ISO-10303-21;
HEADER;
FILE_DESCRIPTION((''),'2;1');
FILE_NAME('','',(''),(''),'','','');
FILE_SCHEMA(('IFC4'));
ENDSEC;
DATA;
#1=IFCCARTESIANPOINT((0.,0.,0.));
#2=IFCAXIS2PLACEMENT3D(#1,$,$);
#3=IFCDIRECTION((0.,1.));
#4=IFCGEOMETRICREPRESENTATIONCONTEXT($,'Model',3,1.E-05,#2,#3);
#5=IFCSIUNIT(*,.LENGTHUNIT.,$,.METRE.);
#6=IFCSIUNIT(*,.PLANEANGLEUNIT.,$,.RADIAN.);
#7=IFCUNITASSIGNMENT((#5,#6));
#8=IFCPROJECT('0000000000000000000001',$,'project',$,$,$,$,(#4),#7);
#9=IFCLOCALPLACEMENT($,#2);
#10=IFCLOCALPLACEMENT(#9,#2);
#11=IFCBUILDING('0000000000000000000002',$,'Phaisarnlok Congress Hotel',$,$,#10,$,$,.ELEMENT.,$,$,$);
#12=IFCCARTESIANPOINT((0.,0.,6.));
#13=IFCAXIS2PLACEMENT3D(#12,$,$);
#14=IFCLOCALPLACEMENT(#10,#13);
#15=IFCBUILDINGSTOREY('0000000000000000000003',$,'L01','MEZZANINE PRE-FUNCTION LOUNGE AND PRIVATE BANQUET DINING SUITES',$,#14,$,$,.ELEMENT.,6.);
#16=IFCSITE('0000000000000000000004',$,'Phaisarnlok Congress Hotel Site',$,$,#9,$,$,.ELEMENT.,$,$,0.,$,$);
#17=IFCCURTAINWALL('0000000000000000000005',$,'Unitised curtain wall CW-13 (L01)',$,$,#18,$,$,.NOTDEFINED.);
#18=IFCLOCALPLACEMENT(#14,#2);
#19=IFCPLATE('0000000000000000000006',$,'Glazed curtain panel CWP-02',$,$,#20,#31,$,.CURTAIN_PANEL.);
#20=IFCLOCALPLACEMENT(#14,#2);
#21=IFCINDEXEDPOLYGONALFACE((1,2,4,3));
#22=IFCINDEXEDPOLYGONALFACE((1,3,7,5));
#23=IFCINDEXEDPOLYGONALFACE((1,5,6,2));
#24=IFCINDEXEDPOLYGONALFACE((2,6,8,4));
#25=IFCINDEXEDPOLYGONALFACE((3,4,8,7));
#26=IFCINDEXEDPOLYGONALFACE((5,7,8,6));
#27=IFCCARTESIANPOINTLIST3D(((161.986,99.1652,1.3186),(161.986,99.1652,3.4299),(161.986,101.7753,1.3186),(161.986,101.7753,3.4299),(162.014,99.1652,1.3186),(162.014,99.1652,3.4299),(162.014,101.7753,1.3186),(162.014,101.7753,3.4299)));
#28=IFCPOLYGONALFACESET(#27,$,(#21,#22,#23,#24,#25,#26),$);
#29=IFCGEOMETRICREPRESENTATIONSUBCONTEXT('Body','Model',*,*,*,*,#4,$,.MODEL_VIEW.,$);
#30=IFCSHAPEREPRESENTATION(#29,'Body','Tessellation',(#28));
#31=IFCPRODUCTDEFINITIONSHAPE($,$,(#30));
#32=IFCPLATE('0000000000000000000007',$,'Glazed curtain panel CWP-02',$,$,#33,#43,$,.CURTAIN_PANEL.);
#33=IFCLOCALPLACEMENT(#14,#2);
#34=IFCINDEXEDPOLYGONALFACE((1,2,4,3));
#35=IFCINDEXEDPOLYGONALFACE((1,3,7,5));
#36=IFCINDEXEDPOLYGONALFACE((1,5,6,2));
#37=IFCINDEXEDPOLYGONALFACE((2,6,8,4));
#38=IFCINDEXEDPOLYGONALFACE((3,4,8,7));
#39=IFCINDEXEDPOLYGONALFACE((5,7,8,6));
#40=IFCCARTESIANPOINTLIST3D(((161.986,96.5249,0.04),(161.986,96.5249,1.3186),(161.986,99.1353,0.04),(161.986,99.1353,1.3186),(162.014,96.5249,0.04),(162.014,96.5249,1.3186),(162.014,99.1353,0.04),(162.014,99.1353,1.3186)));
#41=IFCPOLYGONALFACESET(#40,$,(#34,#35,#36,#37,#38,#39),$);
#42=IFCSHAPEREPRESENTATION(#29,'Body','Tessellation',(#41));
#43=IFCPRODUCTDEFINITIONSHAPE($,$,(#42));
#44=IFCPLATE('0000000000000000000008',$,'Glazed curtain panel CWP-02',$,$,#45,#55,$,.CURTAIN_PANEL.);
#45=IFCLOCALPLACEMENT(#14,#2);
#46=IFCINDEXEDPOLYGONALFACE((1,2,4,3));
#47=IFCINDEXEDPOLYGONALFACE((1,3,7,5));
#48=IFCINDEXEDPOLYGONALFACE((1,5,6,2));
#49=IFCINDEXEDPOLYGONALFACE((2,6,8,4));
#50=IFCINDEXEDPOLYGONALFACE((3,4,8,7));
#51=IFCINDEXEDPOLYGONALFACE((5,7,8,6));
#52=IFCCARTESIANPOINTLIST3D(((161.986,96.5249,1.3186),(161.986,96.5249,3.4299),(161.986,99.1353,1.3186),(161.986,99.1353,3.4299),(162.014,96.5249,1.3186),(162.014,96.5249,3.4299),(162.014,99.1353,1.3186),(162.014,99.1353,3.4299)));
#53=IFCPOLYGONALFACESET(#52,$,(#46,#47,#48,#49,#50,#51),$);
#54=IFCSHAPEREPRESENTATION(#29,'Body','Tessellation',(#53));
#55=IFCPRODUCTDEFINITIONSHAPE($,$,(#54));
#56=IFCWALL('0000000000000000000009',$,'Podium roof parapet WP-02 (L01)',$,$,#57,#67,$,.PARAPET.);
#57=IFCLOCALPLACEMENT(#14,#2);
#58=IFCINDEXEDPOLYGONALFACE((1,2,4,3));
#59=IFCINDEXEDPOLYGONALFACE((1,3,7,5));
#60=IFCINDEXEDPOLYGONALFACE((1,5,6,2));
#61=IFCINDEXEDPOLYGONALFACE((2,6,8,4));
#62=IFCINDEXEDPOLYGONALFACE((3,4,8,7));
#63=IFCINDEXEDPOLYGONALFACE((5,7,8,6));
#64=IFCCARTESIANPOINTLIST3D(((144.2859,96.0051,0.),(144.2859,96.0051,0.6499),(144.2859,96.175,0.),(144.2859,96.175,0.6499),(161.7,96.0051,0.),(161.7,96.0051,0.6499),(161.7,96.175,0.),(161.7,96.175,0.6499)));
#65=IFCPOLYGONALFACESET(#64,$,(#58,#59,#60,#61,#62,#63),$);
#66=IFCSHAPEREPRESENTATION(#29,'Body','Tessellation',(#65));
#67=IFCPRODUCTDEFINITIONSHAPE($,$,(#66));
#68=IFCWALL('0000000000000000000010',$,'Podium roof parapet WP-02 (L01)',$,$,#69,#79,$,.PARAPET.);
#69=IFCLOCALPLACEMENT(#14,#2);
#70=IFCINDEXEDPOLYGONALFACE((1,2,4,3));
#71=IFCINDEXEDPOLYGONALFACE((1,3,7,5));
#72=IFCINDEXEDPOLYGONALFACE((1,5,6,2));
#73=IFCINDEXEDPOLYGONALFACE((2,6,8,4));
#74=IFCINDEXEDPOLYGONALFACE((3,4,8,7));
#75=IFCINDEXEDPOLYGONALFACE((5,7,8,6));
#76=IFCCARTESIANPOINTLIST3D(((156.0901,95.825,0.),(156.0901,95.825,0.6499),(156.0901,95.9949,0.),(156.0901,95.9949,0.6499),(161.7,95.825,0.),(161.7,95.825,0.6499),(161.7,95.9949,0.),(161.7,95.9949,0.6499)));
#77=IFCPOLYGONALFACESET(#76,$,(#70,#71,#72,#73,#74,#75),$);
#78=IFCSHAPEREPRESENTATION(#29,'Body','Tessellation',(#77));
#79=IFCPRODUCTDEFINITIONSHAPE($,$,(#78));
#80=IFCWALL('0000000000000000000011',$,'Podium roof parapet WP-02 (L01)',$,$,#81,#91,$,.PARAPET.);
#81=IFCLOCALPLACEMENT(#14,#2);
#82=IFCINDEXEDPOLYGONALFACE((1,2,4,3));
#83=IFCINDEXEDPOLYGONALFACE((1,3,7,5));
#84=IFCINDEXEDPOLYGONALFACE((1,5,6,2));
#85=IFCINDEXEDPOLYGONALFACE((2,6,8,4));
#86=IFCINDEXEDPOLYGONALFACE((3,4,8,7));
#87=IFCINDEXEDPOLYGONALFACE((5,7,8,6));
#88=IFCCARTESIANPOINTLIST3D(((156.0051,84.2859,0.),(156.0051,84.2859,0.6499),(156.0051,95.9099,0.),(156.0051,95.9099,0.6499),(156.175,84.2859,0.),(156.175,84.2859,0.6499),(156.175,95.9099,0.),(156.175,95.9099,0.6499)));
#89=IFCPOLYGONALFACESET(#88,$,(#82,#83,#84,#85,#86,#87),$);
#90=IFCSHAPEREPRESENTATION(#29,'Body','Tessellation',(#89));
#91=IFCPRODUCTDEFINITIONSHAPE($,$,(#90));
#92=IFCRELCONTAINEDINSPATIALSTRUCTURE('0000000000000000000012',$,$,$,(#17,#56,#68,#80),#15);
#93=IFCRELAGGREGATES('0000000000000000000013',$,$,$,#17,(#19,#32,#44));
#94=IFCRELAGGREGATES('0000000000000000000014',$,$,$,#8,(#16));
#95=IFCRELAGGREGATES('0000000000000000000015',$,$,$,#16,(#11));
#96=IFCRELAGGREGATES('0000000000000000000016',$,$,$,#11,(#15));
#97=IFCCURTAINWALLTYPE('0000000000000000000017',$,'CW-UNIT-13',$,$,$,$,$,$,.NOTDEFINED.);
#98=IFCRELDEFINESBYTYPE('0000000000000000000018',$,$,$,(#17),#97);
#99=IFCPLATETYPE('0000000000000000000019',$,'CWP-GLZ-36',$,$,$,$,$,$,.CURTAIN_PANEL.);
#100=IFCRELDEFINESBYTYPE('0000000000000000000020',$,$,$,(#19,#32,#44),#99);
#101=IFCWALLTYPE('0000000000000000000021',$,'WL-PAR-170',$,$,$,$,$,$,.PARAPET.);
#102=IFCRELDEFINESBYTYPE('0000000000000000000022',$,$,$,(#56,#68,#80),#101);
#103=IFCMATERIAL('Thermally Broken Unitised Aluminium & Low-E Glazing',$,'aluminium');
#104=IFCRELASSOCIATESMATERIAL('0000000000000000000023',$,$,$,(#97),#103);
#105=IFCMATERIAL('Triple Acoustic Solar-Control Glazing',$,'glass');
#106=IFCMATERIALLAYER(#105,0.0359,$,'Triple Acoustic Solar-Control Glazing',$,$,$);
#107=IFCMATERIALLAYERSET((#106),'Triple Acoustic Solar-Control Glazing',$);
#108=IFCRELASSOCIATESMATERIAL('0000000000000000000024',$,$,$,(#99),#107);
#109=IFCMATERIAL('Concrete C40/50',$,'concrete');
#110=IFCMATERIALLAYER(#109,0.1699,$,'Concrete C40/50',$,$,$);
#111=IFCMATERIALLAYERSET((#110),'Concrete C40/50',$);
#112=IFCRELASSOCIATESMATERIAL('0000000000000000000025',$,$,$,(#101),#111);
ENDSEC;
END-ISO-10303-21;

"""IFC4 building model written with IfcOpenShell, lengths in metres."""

from ifc_helpers import new_model, si_unit, direction, frame, frame_2d, origin, place, context, subcontext, project, spatial, rectangle, extrude, material, layer, layer_set, type_object, element, aggregate, save


model = new_model("IFC4")

# Units and contexts
model_context = context("Model", 3, precision=1e-05, world=origin(), true_north=direction((0.0, 1.0)))
body_context = subcontext(model_context, "Body", "Model", "MODEL_VIEW")
ifc_project = project(units=[si_unit("LENGTHUNIT", "METRE"), si_unit("PLANEANGLEUNIT", "RADIAN")], contexts=[model_context])

# Site, building, storey
site_placement = place(None, origin())
site = spatial("IfcSite", under=ifc_project, at=site_placement, Name="Phaisarnlok Congress Hotel Site", CompositionType="ELEMENT", RefElevation=0.0)
building_placement = place(site_placement, origin())
building = spatial("IfcBuilding", under=site, at=building_placement, Name="Phaisarnlok Congress Hotel", CompositionType="ELEMENT")
storey_placement = place(building_placement, frame((0.0, 0.0, 6.0)))
storey = spatial("IfcBuildingStorey", under=building, at=storey_placement, Name="L01", Description="MEZZANINE PRE-FUNCTION LOUNGE AND PRIVATE BANQUET DINING SUITES", CompositionType="ELEMENT", Elevation=6.0)

# Shared definitions
ifc_material_1 = material(Name="Thermally Broken Unitised Aluminium & Low-E Glazing", Category="aluminium")

# Curtain wall
curtain_wall_type_1 = type_object("IfcCurtainWallType", Name="CW-UNIT-13", PredefinedType="NOTDEFINED", material=ifc_material_1)
curtain_wall_1_placement = place(storey_placement, origin())
curtain_wall_1 = element("IfcCurtainWall", 1, at=curtain_wall_1_placement, inside=storey, type_object=curtain_wall_type_1, Name="Unitised curtain wall CW-13 (L01)", PredefinedType="NOTDEFINED")

# Shared definitions
ifc_material_2 = material(Name="Concrete C40/50", Category="concrete")

# Plates
ifc_material_3 = material(Name="Triple Acoustic Solar-Control Glazing", Category="glass")
ifc_layer_1 = layer(ifc_material_3, 0.0359, Name="Triple Acoustic Solar-Control Glazing")
ifc_layer_set_1 = layer_set([ifc_layer_1], Name="Triple Acoustic Solar-Control Glazing")
plate_type = type_object("IfcPlateType", Name="CWP-GLZ-36", PredefinedType="CURTAIN_PANEL", material=ifc_layer_set_1)
plate_1_placement = place(storey_placement, frame((162.0, 101.7754, 1.3186), z_axis=(0.0, 0.0, 1.0), x_axis=(0.0, -1.0, 0.0)))
plate_1 = element("IfcPlate", 2, at=plate_1_placement, type_object=plate_type, Name="Glazed curtain panel CWP-02", PredefinedType="CURTAIN_PANEL", context=body_context, shape_type="SweptSolid", body=[
    extrude(rectangle(XDim=2.6101, YDim=0.0281, at=frame_2d((1.3052, 0.0))), origin(), (0.0, 0.0, 1.0), 2.1113),
])
plate_2_placement = place(storey_placement, frame((162.0, 99.1353, 0.04), z_axis=(0.0, 0.0, 1.0), x_axis=(0.0, -1.0, 0.0)))
plate_2 = element("IfcPlate", 3, at=plate_2_placement, type_object=plate_type, Name="Glazed curtain panel CWP-02", PredefinedType="CURTAIN_PANEL", context=body_context, shape_type="SweptSolid", body=[
    extrude(rectangle(XDim=2.6104, YDim=0.0281, at=frame_2d((1.3052, 0.0))), origin(), (0.0, 0.0, 1.0), 1.2786),
])
plate_3_placement = place(storey_placement, frame((162.0, 99.1353, 1.3186), z_axis=(0.0, 0.0, 1.0), x_axis=(0.0, -1.0, 0.0)))
plate_3 = element("IfcPlate", 4, at=plate_3_placement, type_object=plate_type, Name="Glazed curtain panel CWP-02", PredefinedType="CURTAIN_PANEL", context=body_context, shape_type="SweptSolid", body=[
    extrude(rectangle(XDim=2.6104, YDim=0.0281, at=frame_2d((1.3052, 0.0))), origin(), (0.0, 0.0, 1.0), 2.1113),
])
aggregate(curtain_wall_1, [plate_1, plate_2, plate_3])

# Walls
ifc_layer_2 = layer(ifc_material_2, 0.1699, Name="Concrete C40/50")
ifc_layer_set_2 = layer_set([ifc_layer_2], Name="Concrete C40/50")
wall_type = type_object("IfcWallType", Name="WL-PAR-170", PredefinedType="PARAPET", material=ifc_layer_set_2)
wall_1_placement = place(storey_placement, frame((144.2859, 96.0901, 0.0), z_axis=(0.0, 0.0, 1.0), x_axis=(1.0, 0.0, 0.0)))
element("IfcWall", 5, at=wall_1_placement, inside=storey, type_object=wall_type, Name="Podium roof parapet WP-02 (L01)", PredefinedType="PARAPET", context=body_context, shape_type="SweptSolid", body=[
    extrude(rectangle(XDim=17.4141, YDim=0.1699, at=frame_2d((8.707, 0.0))), origin(), (0.0, 0.0, 1.0), 0.6499),
])
wall_2_placement = place(storey_placement, frame((161.7, 95.9099, 0.0), z_axis=(0.0, 0.0, 1.0), x_axis=(-1.0, 0.0, 0.0)))
element("IfcWall", 6, at=wall_2_placement, inside=storey, type_object=wall_type, Name="Podium roof parapet WP-02 (L01)", PredefinedType="PARAPET", context=body_context, shape_type="SweptSolid", body=[
    extrude(rectangle(XDim=5.6099, YDim=0.1699, at=frame_2d((2.8049, 0.0))), origin(), (0.0, 0.0, 1.0), 0.6499),
])
wall_3_placement = place(storey_placement, frame((156.0901, 95.9099, 0.0), z_axis=(0.0, 0.0, 1.0), x_axis=(0.0, -1.0, 0.0)))
element("IfcWall", 7, at=wall_3_placement, inside=storey, type_object=wall_type, Name="Podium roof parapet WP-02 (L01)", PredefinedType="PARAPET", context=body_context, shape_type="SweptSolid", body=[
    extrude(rectangle(XDim=11.624, YDim=0.1699, at=frame_2d((5.812, 0.0))), origin(), (0.0, 0.0, 1.0), 0.6499),
])

save(model, "model.ifc")
